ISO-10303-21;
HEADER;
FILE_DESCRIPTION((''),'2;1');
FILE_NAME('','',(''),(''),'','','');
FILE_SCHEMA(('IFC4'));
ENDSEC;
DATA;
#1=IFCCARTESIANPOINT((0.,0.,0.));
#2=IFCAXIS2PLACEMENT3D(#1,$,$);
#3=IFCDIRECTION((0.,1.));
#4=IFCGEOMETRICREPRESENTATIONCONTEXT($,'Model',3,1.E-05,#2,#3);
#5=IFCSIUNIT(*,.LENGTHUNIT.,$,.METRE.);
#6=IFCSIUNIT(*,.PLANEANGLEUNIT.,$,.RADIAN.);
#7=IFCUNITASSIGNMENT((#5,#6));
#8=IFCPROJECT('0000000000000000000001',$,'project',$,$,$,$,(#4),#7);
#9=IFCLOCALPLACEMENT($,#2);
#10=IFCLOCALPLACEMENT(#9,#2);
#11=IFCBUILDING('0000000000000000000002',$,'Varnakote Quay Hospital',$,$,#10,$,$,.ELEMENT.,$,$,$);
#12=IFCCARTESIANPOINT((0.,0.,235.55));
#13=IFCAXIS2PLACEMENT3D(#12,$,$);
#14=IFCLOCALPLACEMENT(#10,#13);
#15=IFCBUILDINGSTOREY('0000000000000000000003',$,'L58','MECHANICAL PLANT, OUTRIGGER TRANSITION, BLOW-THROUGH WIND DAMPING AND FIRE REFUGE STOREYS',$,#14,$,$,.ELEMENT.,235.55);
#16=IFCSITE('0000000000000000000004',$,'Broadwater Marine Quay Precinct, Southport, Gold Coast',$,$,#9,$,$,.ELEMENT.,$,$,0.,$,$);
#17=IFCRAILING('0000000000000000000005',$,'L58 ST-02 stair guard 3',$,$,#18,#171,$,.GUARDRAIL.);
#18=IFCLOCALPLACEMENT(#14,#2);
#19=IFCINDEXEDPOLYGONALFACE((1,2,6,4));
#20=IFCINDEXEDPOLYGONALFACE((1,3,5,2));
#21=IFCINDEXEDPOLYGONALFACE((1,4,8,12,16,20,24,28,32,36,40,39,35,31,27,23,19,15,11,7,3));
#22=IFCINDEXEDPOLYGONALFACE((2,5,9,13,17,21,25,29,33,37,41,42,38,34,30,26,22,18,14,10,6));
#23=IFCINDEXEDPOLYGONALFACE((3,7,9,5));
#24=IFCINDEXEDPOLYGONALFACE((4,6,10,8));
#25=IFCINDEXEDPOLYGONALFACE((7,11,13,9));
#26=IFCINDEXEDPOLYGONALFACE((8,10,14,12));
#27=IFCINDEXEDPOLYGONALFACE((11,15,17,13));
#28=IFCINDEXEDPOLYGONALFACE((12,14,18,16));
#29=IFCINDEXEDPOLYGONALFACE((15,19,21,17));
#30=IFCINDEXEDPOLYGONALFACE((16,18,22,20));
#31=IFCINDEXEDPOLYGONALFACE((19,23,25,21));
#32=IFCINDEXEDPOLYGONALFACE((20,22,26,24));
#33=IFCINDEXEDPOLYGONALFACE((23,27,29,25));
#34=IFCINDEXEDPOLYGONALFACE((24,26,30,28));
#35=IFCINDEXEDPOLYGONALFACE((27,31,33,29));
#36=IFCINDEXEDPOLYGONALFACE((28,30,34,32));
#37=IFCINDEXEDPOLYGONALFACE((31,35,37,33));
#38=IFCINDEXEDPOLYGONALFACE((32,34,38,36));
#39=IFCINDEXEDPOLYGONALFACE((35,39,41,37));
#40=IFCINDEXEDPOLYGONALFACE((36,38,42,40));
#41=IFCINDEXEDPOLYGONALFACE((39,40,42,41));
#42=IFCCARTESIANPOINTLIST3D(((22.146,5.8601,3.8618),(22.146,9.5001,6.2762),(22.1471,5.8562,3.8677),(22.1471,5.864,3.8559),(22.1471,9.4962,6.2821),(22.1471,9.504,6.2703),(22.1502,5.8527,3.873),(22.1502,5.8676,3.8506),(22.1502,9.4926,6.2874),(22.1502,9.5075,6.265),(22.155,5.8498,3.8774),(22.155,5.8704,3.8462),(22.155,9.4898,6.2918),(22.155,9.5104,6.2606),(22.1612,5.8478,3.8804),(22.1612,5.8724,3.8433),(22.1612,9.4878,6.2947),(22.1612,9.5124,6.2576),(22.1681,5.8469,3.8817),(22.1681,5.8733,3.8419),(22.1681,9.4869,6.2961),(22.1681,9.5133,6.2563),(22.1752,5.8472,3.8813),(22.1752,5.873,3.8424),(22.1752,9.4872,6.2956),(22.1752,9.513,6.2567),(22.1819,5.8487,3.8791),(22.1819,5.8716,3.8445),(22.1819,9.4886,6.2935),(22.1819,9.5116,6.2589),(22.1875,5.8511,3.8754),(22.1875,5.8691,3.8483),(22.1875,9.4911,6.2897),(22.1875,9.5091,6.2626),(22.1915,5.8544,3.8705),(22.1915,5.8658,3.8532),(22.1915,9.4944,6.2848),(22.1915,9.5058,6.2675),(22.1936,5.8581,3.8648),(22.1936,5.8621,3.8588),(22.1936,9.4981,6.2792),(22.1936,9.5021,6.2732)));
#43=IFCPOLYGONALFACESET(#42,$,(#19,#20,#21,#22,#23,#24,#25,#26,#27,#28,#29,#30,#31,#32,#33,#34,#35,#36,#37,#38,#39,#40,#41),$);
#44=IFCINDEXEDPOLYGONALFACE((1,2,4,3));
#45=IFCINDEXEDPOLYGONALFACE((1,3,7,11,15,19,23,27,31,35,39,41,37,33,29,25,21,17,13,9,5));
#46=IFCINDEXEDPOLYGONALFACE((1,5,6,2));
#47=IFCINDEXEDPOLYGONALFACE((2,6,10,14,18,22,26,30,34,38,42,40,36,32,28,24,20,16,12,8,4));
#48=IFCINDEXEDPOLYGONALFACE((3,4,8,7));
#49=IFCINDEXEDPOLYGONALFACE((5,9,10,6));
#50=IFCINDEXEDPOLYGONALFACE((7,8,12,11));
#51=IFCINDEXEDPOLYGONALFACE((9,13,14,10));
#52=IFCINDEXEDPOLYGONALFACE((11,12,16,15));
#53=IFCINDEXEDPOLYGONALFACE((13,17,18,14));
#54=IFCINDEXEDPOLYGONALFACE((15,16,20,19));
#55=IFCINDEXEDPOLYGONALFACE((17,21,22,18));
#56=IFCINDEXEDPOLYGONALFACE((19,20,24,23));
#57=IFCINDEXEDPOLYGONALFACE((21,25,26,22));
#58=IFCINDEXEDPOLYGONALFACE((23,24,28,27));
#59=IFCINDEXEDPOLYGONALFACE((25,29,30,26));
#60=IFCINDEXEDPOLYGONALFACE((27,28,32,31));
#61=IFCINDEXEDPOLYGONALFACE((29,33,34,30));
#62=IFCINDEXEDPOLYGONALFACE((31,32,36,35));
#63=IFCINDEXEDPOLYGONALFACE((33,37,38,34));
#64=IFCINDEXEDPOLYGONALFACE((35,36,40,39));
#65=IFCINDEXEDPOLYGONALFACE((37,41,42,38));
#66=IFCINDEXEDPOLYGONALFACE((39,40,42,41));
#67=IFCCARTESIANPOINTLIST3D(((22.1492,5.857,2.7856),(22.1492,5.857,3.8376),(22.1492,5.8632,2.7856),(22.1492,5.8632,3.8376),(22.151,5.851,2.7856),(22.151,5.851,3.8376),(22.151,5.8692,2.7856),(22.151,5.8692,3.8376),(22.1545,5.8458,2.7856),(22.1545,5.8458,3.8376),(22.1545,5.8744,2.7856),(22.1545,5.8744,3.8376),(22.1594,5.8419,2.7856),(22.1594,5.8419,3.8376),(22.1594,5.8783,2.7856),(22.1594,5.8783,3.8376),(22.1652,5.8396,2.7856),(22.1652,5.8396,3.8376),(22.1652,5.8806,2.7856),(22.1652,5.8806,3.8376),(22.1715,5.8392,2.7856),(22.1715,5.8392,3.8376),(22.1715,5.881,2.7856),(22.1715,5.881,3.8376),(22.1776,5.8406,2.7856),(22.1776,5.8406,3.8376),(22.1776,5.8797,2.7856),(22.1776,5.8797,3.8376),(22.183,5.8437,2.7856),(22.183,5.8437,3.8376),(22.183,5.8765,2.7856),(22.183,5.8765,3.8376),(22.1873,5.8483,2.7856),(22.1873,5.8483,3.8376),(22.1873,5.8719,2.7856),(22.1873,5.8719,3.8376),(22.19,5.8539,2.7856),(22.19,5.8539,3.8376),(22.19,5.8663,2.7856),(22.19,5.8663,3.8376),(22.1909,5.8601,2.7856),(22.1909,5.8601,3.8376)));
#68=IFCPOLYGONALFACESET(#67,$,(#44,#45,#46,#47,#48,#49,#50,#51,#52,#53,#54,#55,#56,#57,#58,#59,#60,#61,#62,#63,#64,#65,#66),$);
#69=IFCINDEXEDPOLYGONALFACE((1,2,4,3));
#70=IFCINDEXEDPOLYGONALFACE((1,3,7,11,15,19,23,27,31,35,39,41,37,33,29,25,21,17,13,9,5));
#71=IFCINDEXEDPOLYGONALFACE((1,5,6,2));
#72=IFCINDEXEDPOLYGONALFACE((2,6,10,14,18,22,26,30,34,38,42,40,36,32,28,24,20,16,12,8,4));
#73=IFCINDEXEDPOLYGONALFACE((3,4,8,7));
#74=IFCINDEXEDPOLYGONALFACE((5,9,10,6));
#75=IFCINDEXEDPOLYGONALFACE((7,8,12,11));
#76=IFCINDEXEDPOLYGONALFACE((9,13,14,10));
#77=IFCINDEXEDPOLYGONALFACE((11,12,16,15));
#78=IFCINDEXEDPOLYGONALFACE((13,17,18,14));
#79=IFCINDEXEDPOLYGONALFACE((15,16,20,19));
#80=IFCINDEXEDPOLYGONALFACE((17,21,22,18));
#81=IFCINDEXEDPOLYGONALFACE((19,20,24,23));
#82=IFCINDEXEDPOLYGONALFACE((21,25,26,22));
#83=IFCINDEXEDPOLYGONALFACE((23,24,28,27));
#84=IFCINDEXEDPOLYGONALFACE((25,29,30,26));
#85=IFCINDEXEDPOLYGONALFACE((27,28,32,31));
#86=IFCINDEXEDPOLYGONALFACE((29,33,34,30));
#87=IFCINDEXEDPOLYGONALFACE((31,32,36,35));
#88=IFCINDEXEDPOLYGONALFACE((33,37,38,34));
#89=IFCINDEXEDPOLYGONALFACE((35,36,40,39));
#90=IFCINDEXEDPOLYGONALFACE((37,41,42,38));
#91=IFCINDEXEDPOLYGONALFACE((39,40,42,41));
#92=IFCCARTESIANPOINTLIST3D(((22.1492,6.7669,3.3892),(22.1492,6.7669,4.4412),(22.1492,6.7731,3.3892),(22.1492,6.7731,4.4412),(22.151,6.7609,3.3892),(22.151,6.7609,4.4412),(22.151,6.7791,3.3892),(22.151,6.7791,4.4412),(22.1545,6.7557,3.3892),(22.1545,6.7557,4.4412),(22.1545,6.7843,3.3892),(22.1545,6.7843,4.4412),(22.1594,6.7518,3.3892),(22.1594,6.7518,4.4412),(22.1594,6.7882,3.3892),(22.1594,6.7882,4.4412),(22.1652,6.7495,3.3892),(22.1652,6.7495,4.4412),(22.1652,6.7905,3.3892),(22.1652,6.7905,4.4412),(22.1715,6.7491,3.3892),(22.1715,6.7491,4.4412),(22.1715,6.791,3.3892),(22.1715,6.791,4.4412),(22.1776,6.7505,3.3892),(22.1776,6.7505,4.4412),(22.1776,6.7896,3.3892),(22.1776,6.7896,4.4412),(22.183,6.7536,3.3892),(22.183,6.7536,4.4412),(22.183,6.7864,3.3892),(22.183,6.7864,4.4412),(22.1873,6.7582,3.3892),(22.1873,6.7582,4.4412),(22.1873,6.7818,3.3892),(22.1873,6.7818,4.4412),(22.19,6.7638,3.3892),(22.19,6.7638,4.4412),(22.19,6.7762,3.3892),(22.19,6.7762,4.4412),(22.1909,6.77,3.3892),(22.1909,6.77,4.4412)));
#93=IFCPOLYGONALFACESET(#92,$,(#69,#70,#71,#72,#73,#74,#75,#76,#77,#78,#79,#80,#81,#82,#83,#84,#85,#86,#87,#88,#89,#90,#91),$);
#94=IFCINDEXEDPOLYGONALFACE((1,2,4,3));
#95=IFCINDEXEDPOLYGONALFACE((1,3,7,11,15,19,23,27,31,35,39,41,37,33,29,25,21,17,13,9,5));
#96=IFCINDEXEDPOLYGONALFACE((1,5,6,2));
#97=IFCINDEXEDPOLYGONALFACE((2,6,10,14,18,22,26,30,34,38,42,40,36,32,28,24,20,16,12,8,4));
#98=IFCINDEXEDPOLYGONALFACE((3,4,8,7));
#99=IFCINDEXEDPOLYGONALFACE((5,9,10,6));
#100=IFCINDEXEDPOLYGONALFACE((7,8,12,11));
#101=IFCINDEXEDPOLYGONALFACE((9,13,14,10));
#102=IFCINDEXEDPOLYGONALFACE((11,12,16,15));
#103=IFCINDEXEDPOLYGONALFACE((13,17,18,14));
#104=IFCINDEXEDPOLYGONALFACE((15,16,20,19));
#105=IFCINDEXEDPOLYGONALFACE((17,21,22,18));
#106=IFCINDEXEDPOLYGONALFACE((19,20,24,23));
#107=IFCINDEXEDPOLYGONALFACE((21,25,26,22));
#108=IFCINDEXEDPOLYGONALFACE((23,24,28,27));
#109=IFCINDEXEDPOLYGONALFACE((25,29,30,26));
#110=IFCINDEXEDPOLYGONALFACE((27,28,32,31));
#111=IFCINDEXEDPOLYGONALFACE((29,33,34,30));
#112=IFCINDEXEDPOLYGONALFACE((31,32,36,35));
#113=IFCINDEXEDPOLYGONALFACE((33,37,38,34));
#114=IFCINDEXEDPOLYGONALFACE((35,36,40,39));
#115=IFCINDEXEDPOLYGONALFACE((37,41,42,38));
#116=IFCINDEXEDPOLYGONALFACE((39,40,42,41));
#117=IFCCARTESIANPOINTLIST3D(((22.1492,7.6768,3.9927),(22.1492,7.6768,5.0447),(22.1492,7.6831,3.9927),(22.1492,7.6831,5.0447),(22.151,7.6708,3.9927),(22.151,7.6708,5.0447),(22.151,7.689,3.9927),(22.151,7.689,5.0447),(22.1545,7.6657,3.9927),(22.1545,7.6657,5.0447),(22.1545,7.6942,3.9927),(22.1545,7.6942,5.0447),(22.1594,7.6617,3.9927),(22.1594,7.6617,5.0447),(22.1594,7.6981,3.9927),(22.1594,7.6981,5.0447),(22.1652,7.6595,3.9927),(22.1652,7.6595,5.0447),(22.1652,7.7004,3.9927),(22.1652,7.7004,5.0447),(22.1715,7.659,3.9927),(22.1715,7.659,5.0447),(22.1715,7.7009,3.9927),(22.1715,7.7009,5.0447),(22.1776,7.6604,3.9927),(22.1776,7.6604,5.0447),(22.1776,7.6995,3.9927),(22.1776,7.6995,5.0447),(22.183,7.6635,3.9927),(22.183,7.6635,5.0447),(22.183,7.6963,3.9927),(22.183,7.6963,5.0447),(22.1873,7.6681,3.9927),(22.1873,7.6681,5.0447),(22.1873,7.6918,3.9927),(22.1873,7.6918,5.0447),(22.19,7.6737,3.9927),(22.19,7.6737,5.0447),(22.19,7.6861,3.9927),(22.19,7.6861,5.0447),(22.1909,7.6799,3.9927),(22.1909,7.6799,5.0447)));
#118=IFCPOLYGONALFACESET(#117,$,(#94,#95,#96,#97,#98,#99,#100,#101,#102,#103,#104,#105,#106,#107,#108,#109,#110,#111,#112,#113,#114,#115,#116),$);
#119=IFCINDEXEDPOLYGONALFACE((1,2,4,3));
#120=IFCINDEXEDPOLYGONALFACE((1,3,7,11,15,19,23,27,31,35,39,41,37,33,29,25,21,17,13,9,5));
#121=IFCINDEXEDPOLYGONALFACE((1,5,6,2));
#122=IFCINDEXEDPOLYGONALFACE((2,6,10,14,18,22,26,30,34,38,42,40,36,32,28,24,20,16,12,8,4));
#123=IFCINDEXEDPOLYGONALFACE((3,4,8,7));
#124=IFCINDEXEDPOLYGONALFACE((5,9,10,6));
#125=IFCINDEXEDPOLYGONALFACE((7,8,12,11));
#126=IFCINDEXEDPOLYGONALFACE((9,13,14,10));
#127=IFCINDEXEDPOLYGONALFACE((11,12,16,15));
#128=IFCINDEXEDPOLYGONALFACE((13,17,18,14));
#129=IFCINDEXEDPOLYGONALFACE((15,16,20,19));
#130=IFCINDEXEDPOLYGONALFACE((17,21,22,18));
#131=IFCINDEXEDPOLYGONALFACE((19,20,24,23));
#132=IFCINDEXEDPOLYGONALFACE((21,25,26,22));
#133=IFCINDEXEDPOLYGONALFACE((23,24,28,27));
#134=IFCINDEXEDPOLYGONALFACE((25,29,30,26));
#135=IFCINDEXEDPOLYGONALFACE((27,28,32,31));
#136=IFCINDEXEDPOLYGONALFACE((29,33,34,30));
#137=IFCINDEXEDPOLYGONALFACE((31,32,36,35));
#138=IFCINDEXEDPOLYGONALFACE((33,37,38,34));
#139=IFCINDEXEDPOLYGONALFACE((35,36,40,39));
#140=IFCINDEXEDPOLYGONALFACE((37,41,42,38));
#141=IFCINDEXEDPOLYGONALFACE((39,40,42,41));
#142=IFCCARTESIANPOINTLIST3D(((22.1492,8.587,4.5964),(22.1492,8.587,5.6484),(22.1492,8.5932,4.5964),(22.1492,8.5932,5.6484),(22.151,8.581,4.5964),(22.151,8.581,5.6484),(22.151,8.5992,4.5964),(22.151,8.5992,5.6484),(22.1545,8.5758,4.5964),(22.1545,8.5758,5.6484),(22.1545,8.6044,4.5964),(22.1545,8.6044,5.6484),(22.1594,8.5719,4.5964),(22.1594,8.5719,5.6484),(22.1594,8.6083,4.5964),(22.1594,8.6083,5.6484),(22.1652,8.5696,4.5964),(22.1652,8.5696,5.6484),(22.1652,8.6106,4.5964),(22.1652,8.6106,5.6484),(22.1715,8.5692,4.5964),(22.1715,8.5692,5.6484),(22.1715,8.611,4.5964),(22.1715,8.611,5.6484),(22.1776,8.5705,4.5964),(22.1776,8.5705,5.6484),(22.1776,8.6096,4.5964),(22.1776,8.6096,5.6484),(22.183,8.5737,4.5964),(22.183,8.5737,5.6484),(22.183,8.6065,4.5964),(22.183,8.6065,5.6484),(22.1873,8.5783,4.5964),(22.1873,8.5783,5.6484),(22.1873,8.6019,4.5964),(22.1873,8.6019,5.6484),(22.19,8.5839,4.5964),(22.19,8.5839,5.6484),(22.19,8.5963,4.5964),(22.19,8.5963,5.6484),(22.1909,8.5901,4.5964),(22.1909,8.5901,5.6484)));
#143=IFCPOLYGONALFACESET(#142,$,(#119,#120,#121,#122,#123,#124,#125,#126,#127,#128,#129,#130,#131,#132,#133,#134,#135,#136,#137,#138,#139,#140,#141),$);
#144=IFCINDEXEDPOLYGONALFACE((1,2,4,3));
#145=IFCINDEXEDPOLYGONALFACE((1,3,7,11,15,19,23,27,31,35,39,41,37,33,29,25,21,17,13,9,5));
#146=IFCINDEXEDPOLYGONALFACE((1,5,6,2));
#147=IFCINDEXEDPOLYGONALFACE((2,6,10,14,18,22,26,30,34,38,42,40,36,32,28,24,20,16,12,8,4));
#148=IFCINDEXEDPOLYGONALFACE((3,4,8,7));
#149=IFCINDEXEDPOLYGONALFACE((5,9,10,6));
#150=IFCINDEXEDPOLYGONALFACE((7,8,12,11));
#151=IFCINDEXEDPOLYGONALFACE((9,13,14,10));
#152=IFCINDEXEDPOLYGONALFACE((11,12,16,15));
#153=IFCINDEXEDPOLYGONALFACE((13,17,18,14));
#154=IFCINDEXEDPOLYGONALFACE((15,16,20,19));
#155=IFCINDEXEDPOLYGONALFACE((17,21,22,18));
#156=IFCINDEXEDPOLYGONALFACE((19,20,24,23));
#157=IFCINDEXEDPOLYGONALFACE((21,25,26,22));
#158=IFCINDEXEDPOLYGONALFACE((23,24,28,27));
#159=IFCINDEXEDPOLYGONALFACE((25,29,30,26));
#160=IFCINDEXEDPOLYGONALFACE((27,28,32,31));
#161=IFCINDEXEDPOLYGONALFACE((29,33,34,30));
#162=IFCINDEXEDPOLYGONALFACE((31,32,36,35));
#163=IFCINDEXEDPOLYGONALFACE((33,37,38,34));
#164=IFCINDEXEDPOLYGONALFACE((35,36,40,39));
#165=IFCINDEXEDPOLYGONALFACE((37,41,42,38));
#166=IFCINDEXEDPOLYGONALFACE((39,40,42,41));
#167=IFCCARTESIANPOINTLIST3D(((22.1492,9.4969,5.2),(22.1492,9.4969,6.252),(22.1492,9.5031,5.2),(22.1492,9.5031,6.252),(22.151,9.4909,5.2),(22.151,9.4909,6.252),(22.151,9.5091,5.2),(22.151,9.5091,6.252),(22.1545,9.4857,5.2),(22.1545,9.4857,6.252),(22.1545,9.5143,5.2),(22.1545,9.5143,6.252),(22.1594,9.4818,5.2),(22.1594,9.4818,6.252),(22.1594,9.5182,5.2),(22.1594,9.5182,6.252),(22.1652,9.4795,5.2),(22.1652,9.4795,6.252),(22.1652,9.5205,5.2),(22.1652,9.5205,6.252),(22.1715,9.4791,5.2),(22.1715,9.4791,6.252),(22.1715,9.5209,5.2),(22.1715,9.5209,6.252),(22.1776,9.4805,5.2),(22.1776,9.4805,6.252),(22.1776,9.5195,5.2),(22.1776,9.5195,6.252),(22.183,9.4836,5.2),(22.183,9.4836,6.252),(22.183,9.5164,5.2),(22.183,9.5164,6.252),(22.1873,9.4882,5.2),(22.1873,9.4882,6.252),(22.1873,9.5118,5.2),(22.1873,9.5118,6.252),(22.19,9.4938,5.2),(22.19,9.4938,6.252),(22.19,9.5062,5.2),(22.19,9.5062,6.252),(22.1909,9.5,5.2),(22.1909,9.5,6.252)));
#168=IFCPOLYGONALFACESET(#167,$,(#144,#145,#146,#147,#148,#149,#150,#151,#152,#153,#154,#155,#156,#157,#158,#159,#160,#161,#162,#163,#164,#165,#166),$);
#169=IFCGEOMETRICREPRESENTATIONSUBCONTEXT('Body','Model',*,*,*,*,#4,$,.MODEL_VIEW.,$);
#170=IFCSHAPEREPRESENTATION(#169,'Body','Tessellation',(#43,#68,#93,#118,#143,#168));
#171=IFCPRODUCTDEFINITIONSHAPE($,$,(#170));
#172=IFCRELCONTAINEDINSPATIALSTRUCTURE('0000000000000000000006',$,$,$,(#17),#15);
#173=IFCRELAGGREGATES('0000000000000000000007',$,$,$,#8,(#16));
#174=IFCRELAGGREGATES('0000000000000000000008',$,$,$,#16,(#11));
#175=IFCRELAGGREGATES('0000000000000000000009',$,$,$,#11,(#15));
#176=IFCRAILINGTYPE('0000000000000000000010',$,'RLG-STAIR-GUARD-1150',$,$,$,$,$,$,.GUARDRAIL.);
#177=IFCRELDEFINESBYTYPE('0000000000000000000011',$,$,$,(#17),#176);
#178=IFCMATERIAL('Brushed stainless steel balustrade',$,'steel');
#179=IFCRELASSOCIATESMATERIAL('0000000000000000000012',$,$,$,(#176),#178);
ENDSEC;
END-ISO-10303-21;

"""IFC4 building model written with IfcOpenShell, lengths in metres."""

from ifc_helpers import new_model, si_unit, direction, frame, origin, origin_2d, place, context, subcontext, project, spatial, circle, extrude, material, type_object, element, save


model = new_model("IFC4")

# Units and contexts
model_context = context("Model", 3, precision=1e-05, world=origin(), true_north=direction((0.0, 1.0)))
body_context = subcontext(model_context, "Body", "Model", "MODEL_VIEW")
ifc_project = project(units=[si_unit("LENGTHUNIT", "METRE"), si_unit("PLANEANGLEUNIT", "RADIAN")], contexts=[model_context])

# Site, building, storey
site_placement = place(None, origin())
site = spatial("IfcSite", under=ifc_project, at=site_placement, Name="Broadwater Marine Quay Precinct, Southport, Gold Coast", CompositionType="ELEMENT", RefElevation=0.0)
building_placement = place(site_placement, origin())
building = spatial("IfcBuilding", under=site, at=building_placement, Name="Varnakote Quay Hospital", CompositionType="ELEMENT")
storey_placement = place(building_placement, frame((0.0, 0.0, 235.55)))
storey = spatial("IfcBuildingStorey", under=building, at=storey_placement, Name="L58", Description="MECHANICAL PLANT, OUTRIGGER TRANSITION, BLOW-THROUGH WIND DAMPING AND FIRE REFUGE STOREYS", CompositionType="ELEMENT", Elevation=235.55)

# Railing
ifc_material_1 = material(Name="Brushed stainless steel balustrade", Category="steel")
railing_type_1 = type_object("IfcRailingType", Name="RLG-STAIR-GUARD-1150", PredefinedType="GUARDRAIL", material=ifc_material_1)
railing_1_placement = place(storey_placement, frame((22.1699, 5.8601, 2.7856)))
element("IfcRailing", 1, at=railing_1_placement, inside=storey, type_object=railing_type_1, Name="L58 ST-02 stair guard 3", PredefinedType="GUARDRAIL", context=body_context, shape_type="SweptSolid", body=[
    extrude(circle(Radius=0.0239, at=origin_2d()), frame((0.0, 0.0, 1.0762), z_axis=(0.0, 0.833347, 0.552751), x_axis=(-1.0, 0.0, 0.0)), (0.0, 0.0, 1.0), 4.3679),
    extrude(circle(Radius=0.021, at=origin_2d()), origin(), (0.0, 0.0, 1.0), 1.052),
    extrude(circle(Radius=0.021, at=origin_2d()), frame((0.0, 0.9099, 0.6035)), (0.0, 0.0, 1.0), 1.052),
    extrude(circle(Radius=0.021, at=origin_2d()), frame((0.0, 1.8198, 1.207)), (0.0, 0.0, 1.0), 1.052),
    extrude(circle(Radius=0.021, at=origin_2d()), frame((0.0, 2.73, 1.8108)), (0.0, 0.0, 1.0), 1.052),
    extrude(circle(Radius=0.021, at=origin_2d()), frame((0.0, 3.6399, 2.4143)), (0.0, 0.0, 1.0), 1.052),
])

save(model, "model.ifc")
